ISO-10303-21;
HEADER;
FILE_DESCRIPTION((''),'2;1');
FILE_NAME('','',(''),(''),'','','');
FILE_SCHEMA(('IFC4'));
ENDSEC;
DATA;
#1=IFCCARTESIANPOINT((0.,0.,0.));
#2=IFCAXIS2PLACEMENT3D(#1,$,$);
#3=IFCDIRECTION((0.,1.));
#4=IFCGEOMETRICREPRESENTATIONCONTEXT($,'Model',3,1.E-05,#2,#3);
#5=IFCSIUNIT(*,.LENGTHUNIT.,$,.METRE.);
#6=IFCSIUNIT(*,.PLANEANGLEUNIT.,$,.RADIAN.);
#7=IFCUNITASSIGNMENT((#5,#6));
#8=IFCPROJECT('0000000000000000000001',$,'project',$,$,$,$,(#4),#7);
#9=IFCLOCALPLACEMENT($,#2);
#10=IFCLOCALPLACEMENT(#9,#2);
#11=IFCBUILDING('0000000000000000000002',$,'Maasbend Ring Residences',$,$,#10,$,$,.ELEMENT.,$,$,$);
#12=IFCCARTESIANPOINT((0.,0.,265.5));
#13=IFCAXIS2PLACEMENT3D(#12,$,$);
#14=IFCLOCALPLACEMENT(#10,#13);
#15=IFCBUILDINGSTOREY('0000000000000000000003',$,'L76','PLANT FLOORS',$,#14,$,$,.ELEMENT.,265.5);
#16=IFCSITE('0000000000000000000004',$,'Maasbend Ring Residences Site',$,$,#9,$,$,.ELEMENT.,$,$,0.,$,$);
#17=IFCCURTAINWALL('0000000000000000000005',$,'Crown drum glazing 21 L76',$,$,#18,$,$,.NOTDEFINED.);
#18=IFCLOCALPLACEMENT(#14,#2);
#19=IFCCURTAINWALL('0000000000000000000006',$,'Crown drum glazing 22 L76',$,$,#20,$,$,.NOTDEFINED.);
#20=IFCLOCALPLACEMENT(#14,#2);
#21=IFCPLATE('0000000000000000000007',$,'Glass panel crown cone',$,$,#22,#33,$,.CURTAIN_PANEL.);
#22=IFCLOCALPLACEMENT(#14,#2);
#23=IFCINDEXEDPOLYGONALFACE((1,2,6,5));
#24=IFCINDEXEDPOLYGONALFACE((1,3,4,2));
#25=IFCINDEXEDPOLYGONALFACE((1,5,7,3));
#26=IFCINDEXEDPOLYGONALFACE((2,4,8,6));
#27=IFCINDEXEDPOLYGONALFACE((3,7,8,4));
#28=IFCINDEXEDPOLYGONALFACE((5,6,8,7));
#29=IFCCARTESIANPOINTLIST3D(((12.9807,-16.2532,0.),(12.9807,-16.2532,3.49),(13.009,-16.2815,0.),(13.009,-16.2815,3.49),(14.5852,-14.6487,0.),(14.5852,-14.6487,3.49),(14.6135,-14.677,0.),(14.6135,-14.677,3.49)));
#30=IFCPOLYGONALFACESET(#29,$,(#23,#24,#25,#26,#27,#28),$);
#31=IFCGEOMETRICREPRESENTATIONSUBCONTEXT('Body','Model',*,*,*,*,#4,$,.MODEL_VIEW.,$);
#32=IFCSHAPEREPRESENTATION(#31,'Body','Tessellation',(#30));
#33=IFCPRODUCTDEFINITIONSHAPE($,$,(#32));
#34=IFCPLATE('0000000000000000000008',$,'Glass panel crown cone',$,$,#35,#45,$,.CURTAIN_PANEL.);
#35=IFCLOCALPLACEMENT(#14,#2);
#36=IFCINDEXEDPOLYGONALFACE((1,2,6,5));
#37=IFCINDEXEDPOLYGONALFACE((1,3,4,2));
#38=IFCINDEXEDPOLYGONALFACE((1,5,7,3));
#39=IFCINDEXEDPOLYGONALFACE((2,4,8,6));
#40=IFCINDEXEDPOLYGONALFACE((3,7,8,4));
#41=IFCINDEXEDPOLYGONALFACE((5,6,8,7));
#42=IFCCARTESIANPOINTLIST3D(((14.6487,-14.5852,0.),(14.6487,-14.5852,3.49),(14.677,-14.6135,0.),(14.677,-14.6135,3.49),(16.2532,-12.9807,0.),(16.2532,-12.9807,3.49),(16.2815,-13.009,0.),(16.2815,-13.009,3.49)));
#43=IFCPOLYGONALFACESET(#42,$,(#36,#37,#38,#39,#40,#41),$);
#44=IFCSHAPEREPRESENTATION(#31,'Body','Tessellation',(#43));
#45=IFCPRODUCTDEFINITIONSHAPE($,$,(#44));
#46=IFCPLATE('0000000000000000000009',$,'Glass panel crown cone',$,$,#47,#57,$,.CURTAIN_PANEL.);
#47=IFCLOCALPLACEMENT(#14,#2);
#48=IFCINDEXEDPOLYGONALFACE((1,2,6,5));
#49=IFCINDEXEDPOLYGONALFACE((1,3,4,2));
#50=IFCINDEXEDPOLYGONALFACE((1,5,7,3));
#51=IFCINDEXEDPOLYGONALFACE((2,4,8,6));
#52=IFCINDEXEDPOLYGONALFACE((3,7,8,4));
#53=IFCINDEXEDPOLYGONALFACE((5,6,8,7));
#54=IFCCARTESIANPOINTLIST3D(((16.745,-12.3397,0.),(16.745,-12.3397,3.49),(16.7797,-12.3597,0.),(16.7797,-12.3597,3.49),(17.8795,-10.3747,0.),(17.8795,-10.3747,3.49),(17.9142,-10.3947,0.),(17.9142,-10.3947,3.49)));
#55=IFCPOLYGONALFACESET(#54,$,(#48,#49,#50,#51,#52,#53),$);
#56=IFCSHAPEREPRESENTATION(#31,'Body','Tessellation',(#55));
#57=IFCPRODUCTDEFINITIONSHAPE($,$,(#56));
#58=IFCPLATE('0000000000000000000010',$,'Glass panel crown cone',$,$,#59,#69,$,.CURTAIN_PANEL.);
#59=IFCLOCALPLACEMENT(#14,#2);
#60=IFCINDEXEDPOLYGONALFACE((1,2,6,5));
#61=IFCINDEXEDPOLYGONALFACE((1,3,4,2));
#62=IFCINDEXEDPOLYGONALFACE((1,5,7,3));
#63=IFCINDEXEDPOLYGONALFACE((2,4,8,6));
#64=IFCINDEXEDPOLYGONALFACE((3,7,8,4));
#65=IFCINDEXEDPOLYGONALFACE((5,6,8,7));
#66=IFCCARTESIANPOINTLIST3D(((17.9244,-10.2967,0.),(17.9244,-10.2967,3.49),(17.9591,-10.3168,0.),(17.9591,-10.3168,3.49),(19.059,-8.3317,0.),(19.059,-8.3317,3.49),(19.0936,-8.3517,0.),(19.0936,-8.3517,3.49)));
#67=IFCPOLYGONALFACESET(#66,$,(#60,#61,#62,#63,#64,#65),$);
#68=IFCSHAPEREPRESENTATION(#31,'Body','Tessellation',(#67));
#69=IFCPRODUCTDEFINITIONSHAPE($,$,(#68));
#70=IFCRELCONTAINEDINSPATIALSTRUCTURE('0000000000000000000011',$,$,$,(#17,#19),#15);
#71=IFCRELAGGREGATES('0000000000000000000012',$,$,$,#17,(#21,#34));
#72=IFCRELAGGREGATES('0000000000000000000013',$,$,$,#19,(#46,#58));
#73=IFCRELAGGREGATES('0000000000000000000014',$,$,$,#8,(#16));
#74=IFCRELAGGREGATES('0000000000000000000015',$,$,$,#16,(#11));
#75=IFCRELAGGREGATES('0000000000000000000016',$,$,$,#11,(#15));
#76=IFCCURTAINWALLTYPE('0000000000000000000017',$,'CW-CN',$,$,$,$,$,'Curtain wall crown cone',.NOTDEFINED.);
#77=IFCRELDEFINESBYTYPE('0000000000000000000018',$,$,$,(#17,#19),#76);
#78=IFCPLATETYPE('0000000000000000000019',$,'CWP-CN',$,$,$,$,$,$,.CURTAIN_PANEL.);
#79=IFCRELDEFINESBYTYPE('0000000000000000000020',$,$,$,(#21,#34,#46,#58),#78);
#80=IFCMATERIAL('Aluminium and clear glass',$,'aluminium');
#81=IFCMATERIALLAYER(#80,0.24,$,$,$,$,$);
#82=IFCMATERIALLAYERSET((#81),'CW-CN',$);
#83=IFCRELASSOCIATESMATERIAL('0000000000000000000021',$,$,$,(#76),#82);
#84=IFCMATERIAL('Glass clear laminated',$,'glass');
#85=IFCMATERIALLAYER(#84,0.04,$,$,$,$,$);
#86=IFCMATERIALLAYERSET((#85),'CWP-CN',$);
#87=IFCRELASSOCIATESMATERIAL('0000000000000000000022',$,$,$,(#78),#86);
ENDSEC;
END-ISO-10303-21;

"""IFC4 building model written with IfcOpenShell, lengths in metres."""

from ifc_helpers import new_model, si_unit, direction, frame, origin, origin_2d, place, context, subcontext, project, spatial, rectangle, extrude, material, layer, layer_set, type_object, element, aggregate, save


model = new_model("IFC4")

# Units and contexts
model_context = context("Model", 3, precision=1e-05, world=origin(), true_north=direction((0.0, 1.0)))
body_context = subcontext(model_context, "Body", "Model", "MODEL_VIEW")
ifc_project = project(units=[si_unit("LENGTHUNIT", "METRE"), si_unit("PLANEANGLEUNIT", "RADIAN")], contexts=[model_context])

# Site, building, storey
site_placement = place(None, origin())
site = spatial("IfcSite", under=ifc_project, at=site_placement, Name="Maasbend Ring Residences Site", CompositionType="ELEMENT", RefElevation=0.0)
building_placement = place(site_placement, origin())
building = spatial("IfcBuilding", under=site, at=building_placement, Name="Maasbend Ring Residences", CompositionType="ELEMENT")
storey_placement = place(building_placement, frame((0.0, 0.0, 265.5)))
storey = spatial("IfcBuildingStorey", under=building, at=storey_placement, Name="L76", Description="PLANT FLOORS", CompositionType="ELEMENT", Elevation=265.5)

# Shared definitions
ifc_material_1 = material(Name="Aluminium and clear glass", Category="aluminium")
ifc_layer_1 = layer(ifc_material_1, 0.24)
ifc_layer_set_1 = layer_set([ifc_layer_1], Name="CW-CN")
curtain_wall_type = type_object("IfcCurtainWallType", Name="CW-CN", ElementType="Curtain wall crown cone", PredefinedType="NOTDEFINED", material=ifc_layer_set_1)

# Curtain walls
curtain_wall_1_placement = place(storey_placement, origin())
curtain_wall_1 = element("IfcCurtainWall", 1, at=curtain_wall_1_placement, inside=storey, type_object=curtain_wall_type, Name="Crown drum glazing 21 L76", PredefinedType="NOTDEFINED")
curtain_wall_2_placement = place(storey_placement, origin())
curtain_wall_2 = element("IfcCurtainWall", 2, at=curtain_wall_2_placement, inside=storey, type_object=curtain_wall_type, Name="Crown drum glazing 22 L76", PredefinedType="NOTDEFINED")

# Plates
ifc_material_2 = material(Name="Glass clear laminated", Category="glass")
ifc_layer_2 = layer(ifc_material_2, 0.04)
ifc_layer_set_2 = layer_set([ifc_layer_2], Name="CWP-CN")
plate_type = type_object("IfcPlateType", Name="CWP-CN", PredefinedType="CURTAIN_PANEL", material=ifc_layer_set_2)
plate_1_placement = place(storey_placement, frame((13.7971, -15.4651, 0.0), z_axis=(0.0, 0.0, 1.0), x_axis=(0.707107, 0.707107, 0.0)))
plate_1 = element("IfcPlate", 3, at=plate_1_placement, type_object=plate_type, Name="Glass panel crown cone", PredefinedType="CURTAIN_PANEL", context=body_context, shape_type="SweptSolid", body=[
    extrude(rectangle(XDim=2.269, YDim=0.04, at=origin_2d()), origin(), (0.0, 0.0, 1.0), 3.49),
])
plate_2_placement = place(storey_placement, frame((15.4651, -13.7971, 0.0), z_axis=(0.0, 0.0, 1.0), x_axis=(0.707107, 0.707107, 0.0)))
plate_2 = element("IfcPlate", 4, at=plate_2_placement, type_object=plate_type, Name="Glass panel crown cone", PredefinedType="CURTAIN_PANEL", context=body_context, shape_type="SweptSolid", body=[
    extrude(rectangle(XDim=2.269, YDim=0.04, at=origin_2d()), origin(), (0.0, 0.0, 1.0), 3.49),
])
aggregate(curtain_wall_1, [plate_1, plate_2])
plate_3_placement = place(storey_placement, frame((17.3296, -11.3672, 0.0), z_axis=(0.0, 0.0, 1.0), x_axis=(0.5, 0.866025, 0.0)))
plate_3 = element("IfcPlate", 5, at=plate_3_placement, type_object=plate_type, Name="Glass panel crown cone", PredefinedType="CURTAIN_PANEL", context=body_context, shape_type="SweptSolid", body=[
    extrude(rectangle(XDim=2.269, YDim=0.04, at=origin_2d()), origin(), (0.0, 0.0, 1.0), 3.49),
])
plate_4_placement = place(storey_placement, frame((18.509, -9.3242, 0.0), z_axis=(0.0, 0.0, 1.0), x_axis=(0.5, 0.866025, 0.0)))
plate_4 = element("IfcPlate", 6, at=plate_4_placement, type_object=plate_type, Name="Glass panel crown cone", PredefinedType="CURTAIN_PANEL", context=body_context, shape_type="SweptSolid", body=[
    extrude(rectangle(XDim=2.269, YDim=0.04, at=origin_2d()), origin(), (0.0, 0.0, 1.0), 3.49),
])
aggregate(curtain_wall_2, [plate_3, plate_4])

save(model, "model.ifc")
